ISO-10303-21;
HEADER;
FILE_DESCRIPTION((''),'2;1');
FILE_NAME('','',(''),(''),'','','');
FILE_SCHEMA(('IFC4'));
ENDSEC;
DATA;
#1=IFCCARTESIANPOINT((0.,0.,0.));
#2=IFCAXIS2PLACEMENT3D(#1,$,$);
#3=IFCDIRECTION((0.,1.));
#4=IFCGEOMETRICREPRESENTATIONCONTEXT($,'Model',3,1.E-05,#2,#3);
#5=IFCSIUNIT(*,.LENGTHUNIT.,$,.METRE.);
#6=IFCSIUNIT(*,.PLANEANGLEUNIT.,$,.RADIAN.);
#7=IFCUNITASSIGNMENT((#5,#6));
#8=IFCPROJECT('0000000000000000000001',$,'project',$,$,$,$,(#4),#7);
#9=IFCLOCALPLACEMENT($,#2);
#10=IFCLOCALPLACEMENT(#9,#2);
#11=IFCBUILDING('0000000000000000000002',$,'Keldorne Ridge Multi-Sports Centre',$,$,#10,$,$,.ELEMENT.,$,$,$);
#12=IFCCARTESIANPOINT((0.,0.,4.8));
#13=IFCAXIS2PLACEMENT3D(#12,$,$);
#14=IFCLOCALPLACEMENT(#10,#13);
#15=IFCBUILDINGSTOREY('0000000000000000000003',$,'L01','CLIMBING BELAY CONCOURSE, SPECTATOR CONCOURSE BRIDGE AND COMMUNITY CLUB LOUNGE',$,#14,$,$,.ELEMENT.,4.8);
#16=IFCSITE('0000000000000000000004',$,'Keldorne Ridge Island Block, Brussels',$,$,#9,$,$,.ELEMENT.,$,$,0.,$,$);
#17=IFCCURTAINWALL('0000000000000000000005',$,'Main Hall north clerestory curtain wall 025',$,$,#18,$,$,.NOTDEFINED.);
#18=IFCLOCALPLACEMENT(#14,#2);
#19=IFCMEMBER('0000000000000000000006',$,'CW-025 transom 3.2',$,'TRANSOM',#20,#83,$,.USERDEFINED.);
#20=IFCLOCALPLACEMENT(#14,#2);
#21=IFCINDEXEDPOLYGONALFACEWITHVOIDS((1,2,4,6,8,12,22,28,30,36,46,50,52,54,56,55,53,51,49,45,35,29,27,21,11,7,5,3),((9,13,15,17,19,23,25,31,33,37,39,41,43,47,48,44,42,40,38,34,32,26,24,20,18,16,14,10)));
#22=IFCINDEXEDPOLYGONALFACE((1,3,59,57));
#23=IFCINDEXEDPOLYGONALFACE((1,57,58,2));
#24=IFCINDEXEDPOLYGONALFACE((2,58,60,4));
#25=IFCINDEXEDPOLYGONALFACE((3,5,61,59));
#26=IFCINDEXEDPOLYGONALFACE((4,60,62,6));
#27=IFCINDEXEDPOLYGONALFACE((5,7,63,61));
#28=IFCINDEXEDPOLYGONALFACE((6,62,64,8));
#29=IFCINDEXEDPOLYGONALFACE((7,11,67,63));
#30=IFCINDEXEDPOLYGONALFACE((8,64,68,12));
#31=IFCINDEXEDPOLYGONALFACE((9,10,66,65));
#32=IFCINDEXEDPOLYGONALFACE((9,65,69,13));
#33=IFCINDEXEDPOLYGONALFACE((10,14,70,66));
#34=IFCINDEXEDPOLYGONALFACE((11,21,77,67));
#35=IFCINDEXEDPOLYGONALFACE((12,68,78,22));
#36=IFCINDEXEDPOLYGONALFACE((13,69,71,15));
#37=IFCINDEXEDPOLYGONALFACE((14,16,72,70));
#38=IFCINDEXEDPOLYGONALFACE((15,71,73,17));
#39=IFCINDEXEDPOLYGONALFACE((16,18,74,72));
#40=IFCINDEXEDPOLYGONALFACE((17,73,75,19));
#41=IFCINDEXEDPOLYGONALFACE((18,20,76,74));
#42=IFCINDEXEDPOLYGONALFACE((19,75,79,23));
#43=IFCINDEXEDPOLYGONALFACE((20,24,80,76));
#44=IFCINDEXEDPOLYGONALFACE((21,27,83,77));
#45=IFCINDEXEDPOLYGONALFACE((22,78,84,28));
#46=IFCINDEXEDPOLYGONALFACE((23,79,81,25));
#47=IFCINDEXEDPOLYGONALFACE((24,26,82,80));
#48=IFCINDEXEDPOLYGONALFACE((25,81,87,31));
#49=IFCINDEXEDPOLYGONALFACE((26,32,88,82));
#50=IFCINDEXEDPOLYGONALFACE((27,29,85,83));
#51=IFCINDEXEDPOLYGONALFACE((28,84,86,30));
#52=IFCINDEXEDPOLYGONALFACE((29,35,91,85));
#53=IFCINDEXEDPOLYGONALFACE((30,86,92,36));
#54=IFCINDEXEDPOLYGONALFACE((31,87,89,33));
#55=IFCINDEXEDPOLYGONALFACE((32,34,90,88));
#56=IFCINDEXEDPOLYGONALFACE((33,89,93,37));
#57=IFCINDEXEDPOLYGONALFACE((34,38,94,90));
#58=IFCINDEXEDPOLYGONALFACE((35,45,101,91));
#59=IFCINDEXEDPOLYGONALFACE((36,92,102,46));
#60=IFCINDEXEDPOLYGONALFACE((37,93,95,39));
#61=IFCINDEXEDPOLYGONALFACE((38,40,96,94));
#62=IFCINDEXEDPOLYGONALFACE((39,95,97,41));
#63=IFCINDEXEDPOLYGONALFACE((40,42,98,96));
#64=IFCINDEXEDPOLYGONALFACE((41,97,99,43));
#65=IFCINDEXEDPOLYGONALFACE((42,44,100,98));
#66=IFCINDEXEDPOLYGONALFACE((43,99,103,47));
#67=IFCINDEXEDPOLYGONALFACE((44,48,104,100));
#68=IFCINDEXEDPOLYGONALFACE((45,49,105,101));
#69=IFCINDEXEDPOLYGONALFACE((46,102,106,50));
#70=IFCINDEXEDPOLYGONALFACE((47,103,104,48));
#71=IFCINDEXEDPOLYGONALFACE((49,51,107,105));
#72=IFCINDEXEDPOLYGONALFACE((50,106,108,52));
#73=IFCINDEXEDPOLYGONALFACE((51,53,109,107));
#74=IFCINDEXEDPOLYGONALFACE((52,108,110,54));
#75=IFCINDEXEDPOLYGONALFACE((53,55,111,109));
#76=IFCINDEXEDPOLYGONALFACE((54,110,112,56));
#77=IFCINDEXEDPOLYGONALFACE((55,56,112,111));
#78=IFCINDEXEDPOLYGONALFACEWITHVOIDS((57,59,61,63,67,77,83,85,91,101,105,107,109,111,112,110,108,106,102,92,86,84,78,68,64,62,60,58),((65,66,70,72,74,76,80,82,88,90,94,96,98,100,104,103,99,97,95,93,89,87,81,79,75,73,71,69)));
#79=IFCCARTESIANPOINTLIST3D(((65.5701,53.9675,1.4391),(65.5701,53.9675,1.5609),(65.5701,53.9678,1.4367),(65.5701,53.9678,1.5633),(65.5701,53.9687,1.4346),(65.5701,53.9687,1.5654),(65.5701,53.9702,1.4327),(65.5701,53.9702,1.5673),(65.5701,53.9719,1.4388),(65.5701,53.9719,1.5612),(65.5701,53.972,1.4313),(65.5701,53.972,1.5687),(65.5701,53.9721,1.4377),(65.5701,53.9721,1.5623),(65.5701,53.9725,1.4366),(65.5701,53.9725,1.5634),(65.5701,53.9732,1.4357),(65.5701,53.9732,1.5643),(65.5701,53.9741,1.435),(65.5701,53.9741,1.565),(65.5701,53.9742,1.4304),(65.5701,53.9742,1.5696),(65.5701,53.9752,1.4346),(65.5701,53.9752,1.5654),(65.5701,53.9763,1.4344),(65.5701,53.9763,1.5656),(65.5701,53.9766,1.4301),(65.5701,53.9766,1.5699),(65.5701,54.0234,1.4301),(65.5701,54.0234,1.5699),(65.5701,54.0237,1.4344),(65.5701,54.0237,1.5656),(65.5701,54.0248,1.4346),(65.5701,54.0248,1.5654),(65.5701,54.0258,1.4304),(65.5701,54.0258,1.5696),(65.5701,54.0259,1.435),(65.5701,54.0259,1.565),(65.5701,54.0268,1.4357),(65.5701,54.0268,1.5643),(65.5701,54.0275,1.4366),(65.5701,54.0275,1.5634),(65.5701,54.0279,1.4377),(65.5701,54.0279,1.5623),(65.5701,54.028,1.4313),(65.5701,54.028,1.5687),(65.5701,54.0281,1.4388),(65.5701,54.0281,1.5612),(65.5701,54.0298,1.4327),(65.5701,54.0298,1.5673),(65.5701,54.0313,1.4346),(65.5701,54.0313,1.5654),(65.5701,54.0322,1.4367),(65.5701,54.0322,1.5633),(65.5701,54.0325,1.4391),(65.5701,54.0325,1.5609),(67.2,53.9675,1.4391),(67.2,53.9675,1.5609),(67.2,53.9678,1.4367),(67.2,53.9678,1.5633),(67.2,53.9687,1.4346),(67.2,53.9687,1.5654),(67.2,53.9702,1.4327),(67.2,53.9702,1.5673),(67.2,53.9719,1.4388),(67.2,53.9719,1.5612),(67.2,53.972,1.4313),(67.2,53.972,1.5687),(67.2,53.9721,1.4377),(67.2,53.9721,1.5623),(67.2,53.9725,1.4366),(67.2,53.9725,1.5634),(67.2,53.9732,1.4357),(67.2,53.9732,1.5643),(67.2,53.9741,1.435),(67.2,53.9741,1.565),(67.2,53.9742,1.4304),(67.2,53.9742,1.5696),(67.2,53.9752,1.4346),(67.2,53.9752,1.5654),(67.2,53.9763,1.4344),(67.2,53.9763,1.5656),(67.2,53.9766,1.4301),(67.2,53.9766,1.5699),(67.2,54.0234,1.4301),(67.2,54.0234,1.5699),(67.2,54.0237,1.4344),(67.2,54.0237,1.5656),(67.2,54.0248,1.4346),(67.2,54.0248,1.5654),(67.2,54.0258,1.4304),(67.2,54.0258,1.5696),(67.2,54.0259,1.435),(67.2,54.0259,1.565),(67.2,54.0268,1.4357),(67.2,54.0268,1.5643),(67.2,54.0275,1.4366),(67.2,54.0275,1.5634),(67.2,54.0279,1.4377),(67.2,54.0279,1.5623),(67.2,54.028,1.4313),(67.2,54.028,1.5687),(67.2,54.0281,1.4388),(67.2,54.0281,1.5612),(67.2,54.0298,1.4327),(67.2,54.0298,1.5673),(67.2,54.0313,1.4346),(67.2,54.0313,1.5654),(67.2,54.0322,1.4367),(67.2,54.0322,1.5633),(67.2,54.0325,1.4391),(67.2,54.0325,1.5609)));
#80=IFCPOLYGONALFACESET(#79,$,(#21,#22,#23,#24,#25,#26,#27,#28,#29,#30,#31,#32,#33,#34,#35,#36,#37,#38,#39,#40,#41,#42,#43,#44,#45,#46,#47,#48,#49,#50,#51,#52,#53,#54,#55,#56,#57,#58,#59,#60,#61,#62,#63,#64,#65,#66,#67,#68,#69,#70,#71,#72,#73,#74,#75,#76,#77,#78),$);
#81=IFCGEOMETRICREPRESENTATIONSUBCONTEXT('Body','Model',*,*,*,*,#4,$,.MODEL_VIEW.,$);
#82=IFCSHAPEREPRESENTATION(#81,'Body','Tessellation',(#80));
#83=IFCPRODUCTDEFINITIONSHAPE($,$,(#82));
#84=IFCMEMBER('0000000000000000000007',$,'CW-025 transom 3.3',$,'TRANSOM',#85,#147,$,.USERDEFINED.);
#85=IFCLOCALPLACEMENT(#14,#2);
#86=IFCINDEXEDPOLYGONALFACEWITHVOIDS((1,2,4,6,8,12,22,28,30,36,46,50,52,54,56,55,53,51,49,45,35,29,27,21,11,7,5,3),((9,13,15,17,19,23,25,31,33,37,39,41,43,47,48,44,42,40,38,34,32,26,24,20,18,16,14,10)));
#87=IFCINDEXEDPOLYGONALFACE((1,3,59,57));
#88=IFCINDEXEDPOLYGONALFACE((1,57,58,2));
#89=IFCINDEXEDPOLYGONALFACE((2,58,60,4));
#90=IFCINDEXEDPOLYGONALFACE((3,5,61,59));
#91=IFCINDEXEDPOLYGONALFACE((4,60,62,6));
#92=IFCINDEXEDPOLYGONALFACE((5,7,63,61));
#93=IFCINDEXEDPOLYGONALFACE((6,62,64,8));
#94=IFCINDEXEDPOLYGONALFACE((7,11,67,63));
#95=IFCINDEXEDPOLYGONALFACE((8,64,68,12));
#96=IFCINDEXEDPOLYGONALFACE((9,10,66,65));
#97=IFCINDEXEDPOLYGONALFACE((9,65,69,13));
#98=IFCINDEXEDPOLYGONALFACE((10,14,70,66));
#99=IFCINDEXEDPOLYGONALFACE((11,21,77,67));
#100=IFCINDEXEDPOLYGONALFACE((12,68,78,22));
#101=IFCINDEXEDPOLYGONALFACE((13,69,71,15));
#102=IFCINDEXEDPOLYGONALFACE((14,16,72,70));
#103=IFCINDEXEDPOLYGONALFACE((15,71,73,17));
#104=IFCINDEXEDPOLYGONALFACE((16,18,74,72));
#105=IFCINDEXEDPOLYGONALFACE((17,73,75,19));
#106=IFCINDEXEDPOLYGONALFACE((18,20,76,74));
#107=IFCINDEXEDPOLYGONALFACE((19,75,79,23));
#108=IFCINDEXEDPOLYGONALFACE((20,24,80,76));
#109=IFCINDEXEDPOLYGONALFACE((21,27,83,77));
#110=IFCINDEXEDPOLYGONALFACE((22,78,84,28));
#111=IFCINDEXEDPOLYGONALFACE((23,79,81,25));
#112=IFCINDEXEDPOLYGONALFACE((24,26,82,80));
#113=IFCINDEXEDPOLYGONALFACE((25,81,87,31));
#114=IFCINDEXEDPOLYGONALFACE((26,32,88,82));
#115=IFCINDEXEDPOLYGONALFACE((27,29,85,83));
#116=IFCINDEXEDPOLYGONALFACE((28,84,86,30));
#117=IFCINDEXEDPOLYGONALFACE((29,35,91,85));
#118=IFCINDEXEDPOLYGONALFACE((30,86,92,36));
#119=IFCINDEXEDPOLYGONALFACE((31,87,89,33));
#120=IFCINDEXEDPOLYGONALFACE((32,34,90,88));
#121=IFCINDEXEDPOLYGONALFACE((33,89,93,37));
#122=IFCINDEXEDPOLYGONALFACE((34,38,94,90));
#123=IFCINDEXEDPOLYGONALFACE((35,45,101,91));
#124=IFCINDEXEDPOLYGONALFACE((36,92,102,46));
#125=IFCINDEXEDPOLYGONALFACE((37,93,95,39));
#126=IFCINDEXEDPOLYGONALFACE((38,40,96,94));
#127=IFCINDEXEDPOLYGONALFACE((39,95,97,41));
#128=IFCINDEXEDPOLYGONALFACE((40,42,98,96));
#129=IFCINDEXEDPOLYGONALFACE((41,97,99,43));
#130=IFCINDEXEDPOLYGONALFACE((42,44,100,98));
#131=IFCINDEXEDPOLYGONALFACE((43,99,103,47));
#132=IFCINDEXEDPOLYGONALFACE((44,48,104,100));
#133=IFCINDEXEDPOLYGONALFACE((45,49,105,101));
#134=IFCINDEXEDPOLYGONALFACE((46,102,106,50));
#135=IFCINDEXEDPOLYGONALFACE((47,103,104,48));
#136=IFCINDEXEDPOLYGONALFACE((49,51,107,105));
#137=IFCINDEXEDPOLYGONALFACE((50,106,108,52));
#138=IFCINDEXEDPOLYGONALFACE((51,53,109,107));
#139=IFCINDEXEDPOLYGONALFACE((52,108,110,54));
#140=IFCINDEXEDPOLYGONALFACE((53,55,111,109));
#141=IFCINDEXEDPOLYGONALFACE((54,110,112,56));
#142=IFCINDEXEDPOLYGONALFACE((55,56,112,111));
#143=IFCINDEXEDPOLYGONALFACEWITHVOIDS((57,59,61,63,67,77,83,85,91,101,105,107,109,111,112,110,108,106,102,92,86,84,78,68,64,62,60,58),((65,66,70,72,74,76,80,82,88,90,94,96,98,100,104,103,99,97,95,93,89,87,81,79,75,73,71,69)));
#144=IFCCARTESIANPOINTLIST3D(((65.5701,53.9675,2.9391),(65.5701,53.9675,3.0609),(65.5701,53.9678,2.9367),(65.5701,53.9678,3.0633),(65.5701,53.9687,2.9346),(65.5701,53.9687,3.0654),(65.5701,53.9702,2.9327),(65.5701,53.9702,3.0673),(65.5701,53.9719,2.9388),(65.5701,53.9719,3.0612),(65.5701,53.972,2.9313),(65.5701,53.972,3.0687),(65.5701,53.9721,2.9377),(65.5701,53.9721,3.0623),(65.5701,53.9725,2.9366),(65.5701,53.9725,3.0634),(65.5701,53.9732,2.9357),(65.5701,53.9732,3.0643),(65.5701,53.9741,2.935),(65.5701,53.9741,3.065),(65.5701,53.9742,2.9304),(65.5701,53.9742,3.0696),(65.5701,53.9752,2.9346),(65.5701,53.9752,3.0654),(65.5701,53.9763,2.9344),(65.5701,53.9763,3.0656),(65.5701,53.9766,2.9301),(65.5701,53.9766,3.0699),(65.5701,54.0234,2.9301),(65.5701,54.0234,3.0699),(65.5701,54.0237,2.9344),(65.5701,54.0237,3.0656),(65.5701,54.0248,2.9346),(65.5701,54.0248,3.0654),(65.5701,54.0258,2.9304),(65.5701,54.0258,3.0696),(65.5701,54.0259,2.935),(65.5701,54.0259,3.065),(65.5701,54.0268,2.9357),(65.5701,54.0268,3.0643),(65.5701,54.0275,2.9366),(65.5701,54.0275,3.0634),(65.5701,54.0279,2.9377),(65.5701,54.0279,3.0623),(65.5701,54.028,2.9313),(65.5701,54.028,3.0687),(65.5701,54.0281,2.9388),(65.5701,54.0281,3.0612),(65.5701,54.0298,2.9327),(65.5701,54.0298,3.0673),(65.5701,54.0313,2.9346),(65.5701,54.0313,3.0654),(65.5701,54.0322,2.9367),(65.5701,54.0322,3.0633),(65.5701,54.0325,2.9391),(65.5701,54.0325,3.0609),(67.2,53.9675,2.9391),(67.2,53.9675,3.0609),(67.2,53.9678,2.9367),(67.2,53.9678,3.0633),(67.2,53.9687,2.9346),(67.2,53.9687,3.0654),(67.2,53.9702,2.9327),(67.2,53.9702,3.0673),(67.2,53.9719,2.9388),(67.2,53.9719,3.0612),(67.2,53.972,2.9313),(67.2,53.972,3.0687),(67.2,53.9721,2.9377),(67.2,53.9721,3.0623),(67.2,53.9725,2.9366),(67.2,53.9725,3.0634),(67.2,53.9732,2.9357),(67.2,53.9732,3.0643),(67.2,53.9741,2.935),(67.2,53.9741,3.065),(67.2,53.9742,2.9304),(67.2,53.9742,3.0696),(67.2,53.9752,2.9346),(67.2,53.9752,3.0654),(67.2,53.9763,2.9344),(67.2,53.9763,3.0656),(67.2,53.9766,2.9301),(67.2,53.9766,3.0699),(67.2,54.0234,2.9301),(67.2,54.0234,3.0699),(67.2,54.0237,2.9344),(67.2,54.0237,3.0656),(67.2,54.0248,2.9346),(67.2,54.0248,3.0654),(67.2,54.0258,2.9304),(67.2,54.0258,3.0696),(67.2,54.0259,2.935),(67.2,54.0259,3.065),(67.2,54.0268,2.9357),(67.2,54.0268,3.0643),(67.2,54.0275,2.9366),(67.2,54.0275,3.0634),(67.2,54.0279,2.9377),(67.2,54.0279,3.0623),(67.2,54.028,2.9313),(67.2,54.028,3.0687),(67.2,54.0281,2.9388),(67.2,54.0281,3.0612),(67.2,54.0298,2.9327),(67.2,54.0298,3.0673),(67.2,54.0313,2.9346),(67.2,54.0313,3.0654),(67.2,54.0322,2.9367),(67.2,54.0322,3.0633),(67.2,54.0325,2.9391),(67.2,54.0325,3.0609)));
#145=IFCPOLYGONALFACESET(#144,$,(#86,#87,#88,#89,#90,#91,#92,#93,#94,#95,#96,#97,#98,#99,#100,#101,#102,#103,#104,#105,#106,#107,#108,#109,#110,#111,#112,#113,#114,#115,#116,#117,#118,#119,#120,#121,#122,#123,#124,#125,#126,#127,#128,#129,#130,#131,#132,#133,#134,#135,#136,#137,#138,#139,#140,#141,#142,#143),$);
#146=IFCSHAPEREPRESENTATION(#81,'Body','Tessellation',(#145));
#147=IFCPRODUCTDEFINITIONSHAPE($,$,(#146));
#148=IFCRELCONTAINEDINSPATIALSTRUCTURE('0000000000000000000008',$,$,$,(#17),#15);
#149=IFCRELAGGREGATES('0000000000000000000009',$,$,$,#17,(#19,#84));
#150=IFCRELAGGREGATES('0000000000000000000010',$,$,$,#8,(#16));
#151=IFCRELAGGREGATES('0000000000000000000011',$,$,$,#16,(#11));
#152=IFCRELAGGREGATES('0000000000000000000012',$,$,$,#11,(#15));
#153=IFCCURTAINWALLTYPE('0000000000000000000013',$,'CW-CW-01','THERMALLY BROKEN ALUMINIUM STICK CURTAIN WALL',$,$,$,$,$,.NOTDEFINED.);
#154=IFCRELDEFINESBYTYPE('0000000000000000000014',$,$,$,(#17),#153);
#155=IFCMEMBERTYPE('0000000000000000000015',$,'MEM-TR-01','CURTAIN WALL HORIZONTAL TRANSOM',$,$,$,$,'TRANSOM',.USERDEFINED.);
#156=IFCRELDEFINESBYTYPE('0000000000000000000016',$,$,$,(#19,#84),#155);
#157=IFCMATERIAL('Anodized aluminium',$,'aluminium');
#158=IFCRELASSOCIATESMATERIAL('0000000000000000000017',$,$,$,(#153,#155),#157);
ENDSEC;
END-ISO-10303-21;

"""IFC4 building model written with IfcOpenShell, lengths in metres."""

from ifc_helpers import new_model, si_unit, direction, frame, origin, origin_2d, place, context, subcontext, project, spatial, hollow_rectangle, extrude, material, material_profile, profile_set, type_object, element, aggregate, save


model = new_model("IFC4")

# Units and contexts
model_context = context("Model", 3, precision=1e-05, world=origin(), true_north=direction((0.0, 1.0)))
body_context = subcontext(model_context, "Body", "Model", "MODEL_VIEW")
ifc_project = project(units=[si_unit("LENGTHUNIT", "METRE"), si_unit("PLANEANGLEUNIT", "RADIAN")], contexts=[model_context])

# Site, building, storey
site_placement = place(None, origin())
site = spatial("IfcSite", under=ifc_project, at=site_placement, Name="Keldorne Ridge Island Block, Brussels", CompositionType="ELEMENT", RefElevation=0.0)
building_placement = place(site_placement, origin())
building = spatial("IfcBuilding", under=site, at=building_placement, Name="Keldorne Ridge Multi-Sports Centre", CompositionType="ELEMENT")
storey_placement = place(building_placement, frame((0.0, 0.0, 4.8)))
storey = spatial("IfcBuildingStorey", under=building, at=storey_placement, Name="L01", Description="CLIMBING BELAY CONCOURSE, SPECTATOR CONCOURSE BRIDGE AND COMMUNITY CLUB LOUNGE", CompositionType="ELEMENT", Elevation=4.8)

# Curtain wall
ifc_material_1 = material(Name="Anodized aluminium", Category="aluminium")
curtain_wall_type_1 = type_object("IfcCurtainWallType", Name="CW-CW-01", Description="THERMALLY BROKEN ALUMINIUM STICK CURTAIN WALL", PredefinedType="NOTDEFINED", material=ifc_material_1)
curtain_wall_1_placement = place(storey_placement, origin())
curtain_wall_1 = element("IfcCurtainWall", 1, at=curtain_wall_1_placement, inside=storey, type_object=curtain_wall_type_1, Name="Main Hall north clerestory curtain wall 025", PredefinedType="NOTDEFINED")

# Members
ifc_material_profile_1 = material_profile(ifc_material_1, hollow_rectangle(XDim=0.0649, YDim=0.1399, WallThickness=0.0044, InnerFilletRadius=0.0044, OuterFilletRadius=0.009, at=origin_2d()), Name="ALU TRANSOM 140x65x4.5")
ifc_profile_set_1 = profile_set([ifc_material_profile_1], Name="Anodized aluminium")
member_type_1 = type_object("IfcMemberType", Name="MEM-TR-01", Description="CURTAIN WALL HORIZONTAL TRANSOM", ElementType="TRANSOM", PredefinedType="USERDEFINED", material=ifc_profile_set_1)
member_1_placement = place(storey_placement, frame((67.2, 54.0, 1.5), z_axis=(-1.0, 0.0, 0.0), x_axis=(0.0, -1.0, 0.0)))
member_1 = element("IfcMember", 2, at=member_1_placement, type_object=member_type_1, Name="CW-025 transom 3.2", ObjectType="TRANSOM", PredefinedType="USERDEFINED", context=body_context, shape_type="SweptSolid", body=[
    extrude(hollow_rectangle(XDim=0.0649, YDim=0.1399, WallThickness=0.0044, InnerFilletRadius=0.0044, OuterFilletRadius=0.009, at=origin_2d()), origin(), (0.0, 0.0, 1.0), 1.6299),
])
member_2_placement = place(storey_placement, frame((67.2, 54.0, 3.0), z_axis=(-1.0, 0.0, 0.0), x_axis=(0.0, -1.0, 0.0)))
member_2 = element("IfcMember", 3, at=member_2_placement, type_object=member_type_1, Name="CW-025 transom 3.3", ObjectType="TRANSOM", PredefinedType="USERDEFINED", context=body_context, shape_type="SweptSolid", body=[
    extrude(hollow_rectangle(XDim=0.0649, YDim=0.1399, WallThickness=0.0044, InnerFilletRadius=0.0044, OuterFilletRadius=0.009, at=origin_2d()), origin(), (0.0, 0.0, 1.0), 1.6299),
])

aggregate(curtain_wall_1, [member_1, member_2])

save(model, "model.ifc")
